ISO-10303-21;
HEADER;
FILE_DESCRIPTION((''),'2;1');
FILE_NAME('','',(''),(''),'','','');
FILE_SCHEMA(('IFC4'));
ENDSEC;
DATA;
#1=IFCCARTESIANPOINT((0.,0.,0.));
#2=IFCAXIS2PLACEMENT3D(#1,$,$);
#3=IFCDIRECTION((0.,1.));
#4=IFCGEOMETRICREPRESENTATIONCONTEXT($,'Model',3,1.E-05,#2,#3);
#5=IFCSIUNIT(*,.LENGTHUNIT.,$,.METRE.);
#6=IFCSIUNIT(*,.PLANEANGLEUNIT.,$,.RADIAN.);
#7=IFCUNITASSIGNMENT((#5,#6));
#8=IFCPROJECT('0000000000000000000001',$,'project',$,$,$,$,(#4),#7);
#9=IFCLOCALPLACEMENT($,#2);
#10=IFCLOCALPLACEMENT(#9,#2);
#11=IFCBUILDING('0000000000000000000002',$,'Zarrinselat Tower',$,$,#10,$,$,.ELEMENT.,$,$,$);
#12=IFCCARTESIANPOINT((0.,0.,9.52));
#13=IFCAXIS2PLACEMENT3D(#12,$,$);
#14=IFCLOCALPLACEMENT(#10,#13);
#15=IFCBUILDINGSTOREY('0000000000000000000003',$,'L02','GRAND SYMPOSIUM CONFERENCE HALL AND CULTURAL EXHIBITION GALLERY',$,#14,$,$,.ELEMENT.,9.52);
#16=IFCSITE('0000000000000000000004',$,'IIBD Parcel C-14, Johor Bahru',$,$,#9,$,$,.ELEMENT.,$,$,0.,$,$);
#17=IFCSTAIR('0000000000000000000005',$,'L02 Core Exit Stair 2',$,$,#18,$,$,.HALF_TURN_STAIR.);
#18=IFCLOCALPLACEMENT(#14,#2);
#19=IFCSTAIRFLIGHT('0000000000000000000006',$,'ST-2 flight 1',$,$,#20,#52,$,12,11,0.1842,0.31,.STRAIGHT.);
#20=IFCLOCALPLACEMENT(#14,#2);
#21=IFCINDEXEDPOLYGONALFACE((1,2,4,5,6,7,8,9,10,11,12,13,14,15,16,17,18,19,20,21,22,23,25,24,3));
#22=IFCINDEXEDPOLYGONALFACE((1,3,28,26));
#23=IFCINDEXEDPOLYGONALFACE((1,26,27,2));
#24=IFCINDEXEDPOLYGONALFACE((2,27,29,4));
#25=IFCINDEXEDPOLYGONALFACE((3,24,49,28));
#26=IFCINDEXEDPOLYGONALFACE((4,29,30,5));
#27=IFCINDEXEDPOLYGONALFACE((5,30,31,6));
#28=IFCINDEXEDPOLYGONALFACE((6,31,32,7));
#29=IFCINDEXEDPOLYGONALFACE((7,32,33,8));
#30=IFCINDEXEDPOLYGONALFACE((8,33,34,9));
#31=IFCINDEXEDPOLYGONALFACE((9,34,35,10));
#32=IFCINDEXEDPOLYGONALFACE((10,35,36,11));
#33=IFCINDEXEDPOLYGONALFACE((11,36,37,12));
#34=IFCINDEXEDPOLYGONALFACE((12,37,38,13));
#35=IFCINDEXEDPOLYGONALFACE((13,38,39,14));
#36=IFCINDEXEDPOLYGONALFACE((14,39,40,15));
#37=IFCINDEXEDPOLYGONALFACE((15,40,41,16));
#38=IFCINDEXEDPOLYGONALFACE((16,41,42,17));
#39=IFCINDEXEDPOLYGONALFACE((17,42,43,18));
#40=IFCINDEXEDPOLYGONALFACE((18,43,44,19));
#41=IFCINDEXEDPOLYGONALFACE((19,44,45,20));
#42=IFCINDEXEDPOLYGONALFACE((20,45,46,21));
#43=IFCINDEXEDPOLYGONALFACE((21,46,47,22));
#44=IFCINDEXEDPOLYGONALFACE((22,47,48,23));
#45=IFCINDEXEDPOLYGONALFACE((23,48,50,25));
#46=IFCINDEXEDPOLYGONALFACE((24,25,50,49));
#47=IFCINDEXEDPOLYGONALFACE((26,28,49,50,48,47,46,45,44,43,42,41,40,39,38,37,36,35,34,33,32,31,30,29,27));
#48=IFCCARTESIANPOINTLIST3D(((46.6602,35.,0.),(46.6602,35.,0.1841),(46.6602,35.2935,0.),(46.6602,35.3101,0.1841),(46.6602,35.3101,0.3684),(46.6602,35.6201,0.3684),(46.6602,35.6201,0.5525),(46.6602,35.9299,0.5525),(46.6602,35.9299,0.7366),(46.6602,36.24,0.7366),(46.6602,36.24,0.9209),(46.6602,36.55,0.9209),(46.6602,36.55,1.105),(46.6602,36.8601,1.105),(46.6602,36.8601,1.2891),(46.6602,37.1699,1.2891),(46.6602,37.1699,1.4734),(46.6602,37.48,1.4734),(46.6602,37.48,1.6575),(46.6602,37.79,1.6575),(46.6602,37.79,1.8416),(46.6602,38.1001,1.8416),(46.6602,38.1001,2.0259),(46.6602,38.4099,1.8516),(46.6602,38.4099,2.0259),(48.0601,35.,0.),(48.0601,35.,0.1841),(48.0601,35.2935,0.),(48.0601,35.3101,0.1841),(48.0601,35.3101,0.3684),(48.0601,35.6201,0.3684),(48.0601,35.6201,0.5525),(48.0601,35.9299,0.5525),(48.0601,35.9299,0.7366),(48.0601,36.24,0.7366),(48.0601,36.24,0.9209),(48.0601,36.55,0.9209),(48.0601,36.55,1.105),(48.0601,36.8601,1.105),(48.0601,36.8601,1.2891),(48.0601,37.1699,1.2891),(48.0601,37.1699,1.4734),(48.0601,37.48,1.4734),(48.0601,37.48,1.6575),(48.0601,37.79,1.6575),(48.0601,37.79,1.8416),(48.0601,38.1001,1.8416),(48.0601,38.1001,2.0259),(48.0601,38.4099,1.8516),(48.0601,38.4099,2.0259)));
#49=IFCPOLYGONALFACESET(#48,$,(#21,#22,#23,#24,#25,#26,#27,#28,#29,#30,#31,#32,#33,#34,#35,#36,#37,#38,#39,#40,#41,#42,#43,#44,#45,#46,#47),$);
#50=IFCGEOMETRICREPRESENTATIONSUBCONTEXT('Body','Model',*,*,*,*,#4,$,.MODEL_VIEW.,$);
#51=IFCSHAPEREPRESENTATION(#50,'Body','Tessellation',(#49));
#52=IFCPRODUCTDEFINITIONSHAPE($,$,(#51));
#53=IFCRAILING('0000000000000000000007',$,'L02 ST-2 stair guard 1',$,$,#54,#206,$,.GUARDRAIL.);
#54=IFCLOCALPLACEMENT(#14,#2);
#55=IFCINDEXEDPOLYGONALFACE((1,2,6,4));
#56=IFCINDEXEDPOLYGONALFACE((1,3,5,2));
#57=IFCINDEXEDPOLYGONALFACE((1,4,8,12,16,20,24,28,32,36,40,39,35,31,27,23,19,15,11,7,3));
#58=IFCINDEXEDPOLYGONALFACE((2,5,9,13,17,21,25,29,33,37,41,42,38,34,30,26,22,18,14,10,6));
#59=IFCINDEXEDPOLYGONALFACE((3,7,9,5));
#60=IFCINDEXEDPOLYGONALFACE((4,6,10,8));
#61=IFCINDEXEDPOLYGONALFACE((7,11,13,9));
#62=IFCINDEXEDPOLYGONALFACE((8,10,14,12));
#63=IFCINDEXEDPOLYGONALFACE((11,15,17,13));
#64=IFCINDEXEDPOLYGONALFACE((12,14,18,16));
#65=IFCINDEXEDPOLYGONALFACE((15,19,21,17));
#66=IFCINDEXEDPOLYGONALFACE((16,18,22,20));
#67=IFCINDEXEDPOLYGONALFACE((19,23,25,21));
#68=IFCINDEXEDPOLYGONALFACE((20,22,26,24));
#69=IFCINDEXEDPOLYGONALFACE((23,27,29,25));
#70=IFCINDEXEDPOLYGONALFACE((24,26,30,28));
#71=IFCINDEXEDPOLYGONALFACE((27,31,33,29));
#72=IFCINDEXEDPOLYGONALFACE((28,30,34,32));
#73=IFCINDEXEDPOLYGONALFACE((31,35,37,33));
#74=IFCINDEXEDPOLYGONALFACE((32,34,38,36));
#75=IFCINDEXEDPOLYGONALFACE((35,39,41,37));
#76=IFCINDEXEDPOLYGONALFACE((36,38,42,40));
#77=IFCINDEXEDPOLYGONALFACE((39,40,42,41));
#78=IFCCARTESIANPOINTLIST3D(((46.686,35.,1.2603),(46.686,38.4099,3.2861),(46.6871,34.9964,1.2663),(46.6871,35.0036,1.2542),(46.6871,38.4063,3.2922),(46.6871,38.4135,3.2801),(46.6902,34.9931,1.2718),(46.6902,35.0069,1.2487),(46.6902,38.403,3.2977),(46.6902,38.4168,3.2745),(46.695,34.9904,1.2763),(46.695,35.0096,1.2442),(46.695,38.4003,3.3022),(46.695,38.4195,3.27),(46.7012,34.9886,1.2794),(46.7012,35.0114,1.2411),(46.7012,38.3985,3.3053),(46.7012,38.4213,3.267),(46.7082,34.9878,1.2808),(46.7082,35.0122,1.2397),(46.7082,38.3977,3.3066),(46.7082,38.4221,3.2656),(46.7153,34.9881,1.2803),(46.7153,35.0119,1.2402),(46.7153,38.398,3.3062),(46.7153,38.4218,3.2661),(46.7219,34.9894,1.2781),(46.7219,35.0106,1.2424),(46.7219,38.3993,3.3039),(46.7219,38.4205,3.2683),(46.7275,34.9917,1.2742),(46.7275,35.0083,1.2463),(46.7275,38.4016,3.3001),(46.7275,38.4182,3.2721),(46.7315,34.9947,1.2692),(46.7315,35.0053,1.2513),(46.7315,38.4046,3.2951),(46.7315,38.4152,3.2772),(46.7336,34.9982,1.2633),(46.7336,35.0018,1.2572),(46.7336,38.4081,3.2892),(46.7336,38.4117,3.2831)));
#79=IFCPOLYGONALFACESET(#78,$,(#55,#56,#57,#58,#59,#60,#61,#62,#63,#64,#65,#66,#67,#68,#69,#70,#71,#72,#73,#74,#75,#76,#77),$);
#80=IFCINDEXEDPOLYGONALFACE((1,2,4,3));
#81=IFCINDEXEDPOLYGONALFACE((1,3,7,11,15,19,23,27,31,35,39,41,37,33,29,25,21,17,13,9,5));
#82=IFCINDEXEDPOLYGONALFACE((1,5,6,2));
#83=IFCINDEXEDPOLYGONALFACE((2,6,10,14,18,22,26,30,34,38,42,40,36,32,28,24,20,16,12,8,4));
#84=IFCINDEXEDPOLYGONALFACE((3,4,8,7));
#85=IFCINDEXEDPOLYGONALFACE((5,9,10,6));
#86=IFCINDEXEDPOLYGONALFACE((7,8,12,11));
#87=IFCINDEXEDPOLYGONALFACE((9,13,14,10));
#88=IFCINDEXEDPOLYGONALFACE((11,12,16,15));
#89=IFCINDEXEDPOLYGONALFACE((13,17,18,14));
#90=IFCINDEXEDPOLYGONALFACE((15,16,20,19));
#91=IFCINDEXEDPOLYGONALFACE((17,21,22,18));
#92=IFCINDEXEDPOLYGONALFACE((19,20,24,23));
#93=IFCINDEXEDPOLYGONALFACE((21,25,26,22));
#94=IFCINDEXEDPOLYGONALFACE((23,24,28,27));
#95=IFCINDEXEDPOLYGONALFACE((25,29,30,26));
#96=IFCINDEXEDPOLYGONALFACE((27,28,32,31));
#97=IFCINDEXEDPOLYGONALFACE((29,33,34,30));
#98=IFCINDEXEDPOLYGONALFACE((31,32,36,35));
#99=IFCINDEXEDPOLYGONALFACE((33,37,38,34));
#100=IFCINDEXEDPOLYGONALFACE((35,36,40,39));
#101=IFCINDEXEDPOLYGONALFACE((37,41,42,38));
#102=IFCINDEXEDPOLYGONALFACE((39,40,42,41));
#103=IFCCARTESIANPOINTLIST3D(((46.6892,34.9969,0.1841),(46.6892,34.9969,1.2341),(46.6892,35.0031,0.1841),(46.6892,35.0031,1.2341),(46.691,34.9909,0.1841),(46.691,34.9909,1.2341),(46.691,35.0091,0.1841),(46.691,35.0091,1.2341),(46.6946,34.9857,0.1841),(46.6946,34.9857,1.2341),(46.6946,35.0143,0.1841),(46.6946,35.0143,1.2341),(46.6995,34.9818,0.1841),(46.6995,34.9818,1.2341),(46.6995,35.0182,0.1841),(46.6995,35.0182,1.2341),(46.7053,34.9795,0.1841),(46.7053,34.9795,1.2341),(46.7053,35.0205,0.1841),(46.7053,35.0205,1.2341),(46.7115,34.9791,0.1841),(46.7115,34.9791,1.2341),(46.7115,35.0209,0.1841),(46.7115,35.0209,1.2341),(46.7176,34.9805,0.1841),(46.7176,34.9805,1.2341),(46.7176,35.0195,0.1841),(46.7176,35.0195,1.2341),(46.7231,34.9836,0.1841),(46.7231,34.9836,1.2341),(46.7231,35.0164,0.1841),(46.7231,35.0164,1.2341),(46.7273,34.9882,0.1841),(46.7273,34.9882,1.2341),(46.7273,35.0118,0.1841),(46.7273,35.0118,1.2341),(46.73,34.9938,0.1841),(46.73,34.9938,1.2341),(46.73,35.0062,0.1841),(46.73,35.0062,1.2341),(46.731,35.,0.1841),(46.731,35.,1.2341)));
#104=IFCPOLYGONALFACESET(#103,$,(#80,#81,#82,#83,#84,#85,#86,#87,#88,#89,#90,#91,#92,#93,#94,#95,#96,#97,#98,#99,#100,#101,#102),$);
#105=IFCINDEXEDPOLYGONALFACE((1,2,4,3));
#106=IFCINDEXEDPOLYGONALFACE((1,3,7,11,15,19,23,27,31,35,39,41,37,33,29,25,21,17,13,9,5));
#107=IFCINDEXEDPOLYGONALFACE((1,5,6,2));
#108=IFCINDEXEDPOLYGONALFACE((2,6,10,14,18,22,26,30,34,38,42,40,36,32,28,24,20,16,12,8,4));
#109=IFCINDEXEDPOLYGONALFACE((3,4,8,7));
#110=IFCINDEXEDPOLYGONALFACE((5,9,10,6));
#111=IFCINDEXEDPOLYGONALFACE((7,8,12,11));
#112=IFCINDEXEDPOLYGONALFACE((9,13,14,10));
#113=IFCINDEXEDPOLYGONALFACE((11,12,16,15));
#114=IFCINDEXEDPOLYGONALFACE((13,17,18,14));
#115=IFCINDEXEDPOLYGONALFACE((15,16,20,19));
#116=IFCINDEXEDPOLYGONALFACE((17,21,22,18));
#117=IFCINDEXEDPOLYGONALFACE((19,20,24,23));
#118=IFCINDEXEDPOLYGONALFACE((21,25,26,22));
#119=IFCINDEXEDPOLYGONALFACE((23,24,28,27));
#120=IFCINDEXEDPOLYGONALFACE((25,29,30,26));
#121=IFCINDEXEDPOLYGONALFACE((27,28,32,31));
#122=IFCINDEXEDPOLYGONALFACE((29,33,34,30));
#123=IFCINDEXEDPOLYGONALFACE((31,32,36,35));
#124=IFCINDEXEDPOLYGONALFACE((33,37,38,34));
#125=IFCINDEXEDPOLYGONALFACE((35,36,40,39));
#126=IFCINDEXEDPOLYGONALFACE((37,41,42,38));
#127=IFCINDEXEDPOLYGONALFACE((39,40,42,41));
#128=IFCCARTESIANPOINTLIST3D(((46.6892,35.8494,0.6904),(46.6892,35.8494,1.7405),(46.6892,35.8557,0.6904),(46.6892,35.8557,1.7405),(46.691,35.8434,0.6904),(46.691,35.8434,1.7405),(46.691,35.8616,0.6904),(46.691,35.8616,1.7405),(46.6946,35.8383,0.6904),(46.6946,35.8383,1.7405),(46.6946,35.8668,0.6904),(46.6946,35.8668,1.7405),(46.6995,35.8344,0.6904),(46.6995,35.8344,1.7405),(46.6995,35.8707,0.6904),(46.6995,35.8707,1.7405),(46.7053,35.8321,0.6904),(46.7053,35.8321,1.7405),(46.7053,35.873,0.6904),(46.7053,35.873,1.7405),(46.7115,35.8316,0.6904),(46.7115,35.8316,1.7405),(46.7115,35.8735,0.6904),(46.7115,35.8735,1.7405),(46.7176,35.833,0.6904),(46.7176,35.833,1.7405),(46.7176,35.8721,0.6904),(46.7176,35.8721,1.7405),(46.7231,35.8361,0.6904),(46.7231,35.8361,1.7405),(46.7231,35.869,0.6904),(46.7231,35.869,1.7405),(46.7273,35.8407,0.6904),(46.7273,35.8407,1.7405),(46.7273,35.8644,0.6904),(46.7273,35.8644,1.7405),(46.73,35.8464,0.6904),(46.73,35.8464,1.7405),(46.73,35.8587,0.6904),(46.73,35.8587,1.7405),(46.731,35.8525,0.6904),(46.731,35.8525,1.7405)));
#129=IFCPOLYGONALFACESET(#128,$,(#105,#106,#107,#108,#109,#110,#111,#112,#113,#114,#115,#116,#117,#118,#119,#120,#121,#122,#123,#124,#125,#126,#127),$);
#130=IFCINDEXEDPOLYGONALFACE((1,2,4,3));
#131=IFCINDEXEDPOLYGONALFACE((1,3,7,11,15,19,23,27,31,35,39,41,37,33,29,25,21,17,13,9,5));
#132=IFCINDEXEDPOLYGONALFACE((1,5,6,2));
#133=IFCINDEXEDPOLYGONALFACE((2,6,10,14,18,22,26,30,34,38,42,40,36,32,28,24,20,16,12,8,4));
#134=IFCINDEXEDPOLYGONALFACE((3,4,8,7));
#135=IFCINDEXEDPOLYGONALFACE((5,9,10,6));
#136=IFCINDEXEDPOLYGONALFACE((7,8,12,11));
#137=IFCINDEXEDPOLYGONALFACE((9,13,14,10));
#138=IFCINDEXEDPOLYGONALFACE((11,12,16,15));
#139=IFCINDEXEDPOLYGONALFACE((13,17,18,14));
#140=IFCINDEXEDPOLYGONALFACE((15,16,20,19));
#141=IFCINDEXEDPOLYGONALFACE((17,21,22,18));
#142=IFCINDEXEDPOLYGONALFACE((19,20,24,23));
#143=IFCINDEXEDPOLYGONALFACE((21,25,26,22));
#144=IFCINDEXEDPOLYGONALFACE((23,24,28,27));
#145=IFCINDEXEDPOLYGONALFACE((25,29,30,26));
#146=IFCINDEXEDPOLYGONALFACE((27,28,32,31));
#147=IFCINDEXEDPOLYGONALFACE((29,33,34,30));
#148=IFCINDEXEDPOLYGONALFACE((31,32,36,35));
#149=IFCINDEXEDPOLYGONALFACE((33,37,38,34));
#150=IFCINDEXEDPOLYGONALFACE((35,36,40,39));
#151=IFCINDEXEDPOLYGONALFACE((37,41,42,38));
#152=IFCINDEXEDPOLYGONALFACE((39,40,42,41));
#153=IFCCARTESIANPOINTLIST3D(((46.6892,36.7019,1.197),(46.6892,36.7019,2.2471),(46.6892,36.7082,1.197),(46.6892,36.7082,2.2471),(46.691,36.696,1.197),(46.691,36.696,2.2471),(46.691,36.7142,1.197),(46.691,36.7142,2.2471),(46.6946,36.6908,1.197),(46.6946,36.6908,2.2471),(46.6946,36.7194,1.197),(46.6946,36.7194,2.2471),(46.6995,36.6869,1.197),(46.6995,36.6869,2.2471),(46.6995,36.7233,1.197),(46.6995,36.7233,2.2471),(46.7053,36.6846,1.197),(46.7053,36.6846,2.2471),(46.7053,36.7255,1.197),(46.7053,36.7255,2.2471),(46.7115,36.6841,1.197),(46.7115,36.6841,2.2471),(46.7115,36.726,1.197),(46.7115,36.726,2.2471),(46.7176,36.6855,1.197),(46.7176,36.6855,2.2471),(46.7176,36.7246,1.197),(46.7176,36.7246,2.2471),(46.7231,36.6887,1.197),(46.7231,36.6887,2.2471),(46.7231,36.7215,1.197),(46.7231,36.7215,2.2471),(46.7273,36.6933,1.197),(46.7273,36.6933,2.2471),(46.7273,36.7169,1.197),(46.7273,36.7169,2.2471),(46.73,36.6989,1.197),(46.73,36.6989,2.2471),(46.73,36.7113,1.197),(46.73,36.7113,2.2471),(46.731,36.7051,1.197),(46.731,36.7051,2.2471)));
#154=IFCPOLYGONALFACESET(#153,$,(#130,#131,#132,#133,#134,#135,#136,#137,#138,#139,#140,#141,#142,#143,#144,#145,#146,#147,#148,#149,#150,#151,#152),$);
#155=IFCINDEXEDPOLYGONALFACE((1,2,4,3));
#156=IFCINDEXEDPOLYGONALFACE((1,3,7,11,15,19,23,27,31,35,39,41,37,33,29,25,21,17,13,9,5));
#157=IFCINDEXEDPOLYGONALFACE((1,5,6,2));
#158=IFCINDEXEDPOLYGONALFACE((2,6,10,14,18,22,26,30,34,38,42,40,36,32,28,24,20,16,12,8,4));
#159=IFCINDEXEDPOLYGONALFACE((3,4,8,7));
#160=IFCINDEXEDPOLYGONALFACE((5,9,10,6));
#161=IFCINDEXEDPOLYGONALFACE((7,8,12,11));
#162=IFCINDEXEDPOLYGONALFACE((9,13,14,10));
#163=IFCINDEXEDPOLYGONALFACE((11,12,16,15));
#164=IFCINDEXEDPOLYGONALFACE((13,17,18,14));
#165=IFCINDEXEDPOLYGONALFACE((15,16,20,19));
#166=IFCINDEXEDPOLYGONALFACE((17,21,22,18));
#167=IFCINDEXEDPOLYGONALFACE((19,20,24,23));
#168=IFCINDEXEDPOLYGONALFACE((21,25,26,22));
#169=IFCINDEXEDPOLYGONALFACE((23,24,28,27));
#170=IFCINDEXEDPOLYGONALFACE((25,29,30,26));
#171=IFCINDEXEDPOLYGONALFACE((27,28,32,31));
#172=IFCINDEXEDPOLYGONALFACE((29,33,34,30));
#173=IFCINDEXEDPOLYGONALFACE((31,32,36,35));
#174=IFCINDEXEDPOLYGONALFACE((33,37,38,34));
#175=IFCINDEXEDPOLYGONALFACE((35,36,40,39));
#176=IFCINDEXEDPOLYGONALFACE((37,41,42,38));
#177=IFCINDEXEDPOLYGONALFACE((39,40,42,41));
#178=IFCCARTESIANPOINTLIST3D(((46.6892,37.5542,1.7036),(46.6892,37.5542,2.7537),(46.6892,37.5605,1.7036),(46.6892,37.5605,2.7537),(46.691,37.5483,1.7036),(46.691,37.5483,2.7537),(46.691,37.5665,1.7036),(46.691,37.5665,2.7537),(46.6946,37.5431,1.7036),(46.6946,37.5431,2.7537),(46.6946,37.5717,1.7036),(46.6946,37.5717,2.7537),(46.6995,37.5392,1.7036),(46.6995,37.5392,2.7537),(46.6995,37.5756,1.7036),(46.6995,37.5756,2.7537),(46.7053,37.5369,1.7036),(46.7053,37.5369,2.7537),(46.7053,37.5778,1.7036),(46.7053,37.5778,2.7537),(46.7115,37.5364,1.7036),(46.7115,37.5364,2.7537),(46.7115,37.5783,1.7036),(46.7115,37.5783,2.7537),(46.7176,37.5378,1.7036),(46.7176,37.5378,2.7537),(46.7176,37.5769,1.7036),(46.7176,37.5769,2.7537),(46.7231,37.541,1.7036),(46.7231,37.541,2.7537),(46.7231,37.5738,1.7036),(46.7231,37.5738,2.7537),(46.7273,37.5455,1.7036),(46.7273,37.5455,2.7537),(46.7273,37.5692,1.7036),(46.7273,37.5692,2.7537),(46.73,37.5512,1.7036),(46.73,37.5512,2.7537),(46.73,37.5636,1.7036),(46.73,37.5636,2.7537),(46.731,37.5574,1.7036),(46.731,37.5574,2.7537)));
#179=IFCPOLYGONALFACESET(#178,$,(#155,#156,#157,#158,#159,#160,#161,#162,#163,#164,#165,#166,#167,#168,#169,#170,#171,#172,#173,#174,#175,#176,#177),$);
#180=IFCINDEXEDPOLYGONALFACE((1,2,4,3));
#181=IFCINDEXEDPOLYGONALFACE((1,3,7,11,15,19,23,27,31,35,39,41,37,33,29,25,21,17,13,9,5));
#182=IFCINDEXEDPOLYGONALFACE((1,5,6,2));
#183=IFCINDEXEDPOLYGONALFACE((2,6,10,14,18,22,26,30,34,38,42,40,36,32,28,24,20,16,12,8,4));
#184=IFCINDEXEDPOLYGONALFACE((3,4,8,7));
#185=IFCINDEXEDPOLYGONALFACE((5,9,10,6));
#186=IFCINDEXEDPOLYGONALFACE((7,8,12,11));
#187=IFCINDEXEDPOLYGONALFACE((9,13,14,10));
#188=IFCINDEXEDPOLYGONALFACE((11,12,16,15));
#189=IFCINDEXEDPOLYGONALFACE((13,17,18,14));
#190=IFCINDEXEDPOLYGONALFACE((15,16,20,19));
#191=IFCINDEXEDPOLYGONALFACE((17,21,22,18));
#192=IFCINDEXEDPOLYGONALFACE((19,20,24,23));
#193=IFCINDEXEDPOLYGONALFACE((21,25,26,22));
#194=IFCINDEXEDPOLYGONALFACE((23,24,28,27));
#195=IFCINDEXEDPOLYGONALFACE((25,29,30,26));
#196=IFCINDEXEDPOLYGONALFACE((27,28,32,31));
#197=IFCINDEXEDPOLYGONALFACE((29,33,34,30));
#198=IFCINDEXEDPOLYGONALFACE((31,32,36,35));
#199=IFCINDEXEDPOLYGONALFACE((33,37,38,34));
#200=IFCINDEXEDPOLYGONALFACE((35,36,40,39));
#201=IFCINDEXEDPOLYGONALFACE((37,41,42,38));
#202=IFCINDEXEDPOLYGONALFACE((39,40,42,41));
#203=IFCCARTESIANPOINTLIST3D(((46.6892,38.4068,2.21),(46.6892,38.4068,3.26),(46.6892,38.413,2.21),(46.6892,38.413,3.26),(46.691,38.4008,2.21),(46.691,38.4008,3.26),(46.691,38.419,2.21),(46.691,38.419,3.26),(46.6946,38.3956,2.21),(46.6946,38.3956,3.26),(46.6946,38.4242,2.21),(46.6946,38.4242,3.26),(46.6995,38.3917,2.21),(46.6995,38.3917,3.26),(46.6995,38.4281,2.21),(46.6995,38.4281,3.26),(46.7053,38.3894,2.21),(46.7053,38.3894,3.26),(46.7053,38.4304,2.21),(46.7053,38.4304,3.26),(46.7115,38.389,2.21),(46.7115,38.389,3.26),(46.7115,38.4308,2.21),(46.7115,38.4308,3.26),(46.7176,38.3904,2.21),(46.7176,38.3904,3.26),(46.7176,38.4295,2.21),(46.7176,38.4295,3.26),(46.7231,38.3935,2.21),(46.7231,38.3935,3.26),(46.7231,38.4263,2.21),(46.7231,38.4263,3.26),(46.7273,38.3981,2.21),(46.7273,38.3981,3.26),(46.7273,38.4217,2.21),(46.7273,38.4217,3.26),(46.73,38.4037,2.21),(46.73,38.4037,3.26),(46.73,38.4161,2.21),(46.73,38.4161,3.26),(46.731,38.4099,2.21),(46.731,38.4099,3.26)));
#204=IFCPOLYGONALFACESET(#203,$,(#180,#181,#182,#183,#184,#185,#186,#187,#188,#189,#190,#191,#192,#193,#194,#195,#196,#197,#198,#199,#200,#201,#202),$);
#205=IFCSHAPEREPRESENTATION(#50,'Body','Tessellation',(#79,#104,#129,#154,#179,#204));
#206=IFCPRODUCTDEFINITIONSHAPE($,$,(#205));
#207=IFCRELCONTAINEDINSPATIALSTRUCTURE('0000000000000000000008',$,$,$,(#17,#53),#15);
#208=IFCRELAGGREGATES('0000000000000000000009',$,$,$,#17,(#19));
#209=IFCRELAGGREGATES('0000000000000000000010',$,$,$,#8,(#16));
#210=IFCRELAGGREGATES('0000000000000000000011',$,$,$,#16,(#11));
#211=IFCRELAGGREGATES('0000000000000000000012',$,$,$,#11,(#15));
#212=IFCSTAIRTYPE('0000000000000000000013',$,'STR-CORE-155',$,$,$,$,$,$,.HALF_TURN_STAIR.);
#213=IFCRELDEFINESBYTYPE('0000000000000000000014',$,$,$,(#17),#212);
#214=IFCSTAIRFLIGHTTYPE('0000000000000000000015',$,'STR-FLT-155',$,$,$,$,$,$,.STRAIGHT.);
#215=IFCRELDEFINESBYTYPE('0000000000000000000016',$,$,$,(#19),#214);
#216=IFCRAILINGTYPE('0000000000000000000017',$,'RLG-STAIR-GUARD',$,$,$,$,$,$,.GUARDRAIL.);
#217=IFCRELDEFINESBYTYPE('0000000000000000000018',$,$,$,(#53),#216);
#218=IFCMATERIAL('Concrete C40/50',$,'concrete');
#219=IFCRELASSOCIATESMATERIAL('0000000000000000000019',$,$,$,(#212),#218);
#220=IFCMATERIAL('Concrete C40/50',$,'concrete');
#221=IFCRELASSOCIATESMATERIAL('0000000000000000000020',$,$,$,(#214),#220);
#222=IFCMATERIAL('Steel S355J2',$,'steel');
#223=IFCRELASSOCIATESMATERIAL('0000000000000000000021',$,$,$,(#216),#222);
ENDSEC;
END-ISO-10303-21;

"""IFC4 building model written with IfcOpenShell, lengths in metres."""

from ifc_helpers import new_model, si_unit, direction, frame, origin, origin_2d, place, context, subcontext, project, spatial, polyline, circle, outline, extrude, material, type_object, element, aggregate, save


model = new_model("IFC4")

# Units and contexts
model_context = context("Model", 3, precision=1e-05, world=origin(), true_north=direction((0.0, 1.0)))
body_context = subcontext(model_context, "Body", "Model", "MODEL_VIEW")
ifc_project = project(units=[si_unit("LENGTHUNIT", "METRE"), si_unit("PLANEANGLEUNIT", "RADIAN")], contexts=[model_context])

# Site, building, storey
site_placement = place(None, origin())
site = spatial("IfcSite", under=ifc_project, at=site_placement, Name="IIBD Parcel C-14, Johor Bahru", CompositionType="ELEMENT", RefElevation=0.0)
building_placement = place(site_placement, origin())
building = spatial("IfcBuilding", under=site, at=building_placement, Name="Zarrinselat Tower", CompositionType="ELEMENT")
storey_placement = place(building_placement, frame((0.0, 0.0, 9.52)))
storey = spatial("IfcBuildingStorey", under=building, at=storey_placement, Name="L02", Description="GRAND SYMPOSIUM CONFERENCE HALL AND CULTURAL EXHIBITION GALLERY", CompositionType="ELEMENT", Elevation=9.52)

# Stair, stair flight
ifc_material_1 = material(Name="Concrete C40/50", Category="concrete")
stair_type = type_object("IfcStairType", Name="STR-CORE-155", PredefinedType="HALF_TURN_STAIR", material=ifc_material_1)
stair_placement = place(storey_placement, origin())
stair = element("IfcStair", 1, at=stair_placement, inside=storey, type_object=stair_type, Name="L02 Core Exit Stair 2", PredefinedType="HALF_TURN_STAIR")
ifc_material_2 = material(Name="Concrete C40/50", Category="concrete")
stair_flight_type = type_object("IfcStairFlightType", Name="STR-FLT-155", PredefinedType="STRAIGHT", material=ifc_material_2)
stair_flight_placement = place(storey_placement, frame((47.3601, 35.0, 0.0), z_axis=(0.0, 0.0, 1.0), x_axis=(0.0, 1.0, 0.0)))
stair_flight = element("IfcStairFlight", 2, at=stair_flight_placement, type_object=stair_flight_type, Name="ST-2 flight 1", NumberOfRisers=12, NumberOfTreads=11, PredefinedType="STRAIGHT", RiserHeight=0.1842, TreadLength=0.31, context=body_context, shape_type="SweptSolid", body=[
    extrude(outline(polyline([(0.0, 0.0), (0.0, 0.1841), (0.3101, 0.1841), (0.3101, 0.3684), (0.6201, 0.3684), (0.6201, 0.5525), (0.9299, 0.5525), (0.9299, 0.7366), (1.24, 0.7366), (1.24, 0.9209), (1.55, 0.9209), (1.55, 1.105), (1.8601, 1.105), (1.8601, 1.2891), (2.1699, 1.2891), (2.1699, 1.4734), (2.48, 1.4734), (2.48, 1.6575), (2.79, 1.6575), (2.79, 1.8416), (3.1001, 1.8416), (3.1001, 2.0259), (3.4099, 2.0259), (3.4099, 2.21), (3.4099, 1.8516), (0.2935, 0.0), (0.0, 0.0)])), frame((0.0, 0.7, 0.0), z_axis=(0.0, -1.0, 0.0), x_axis=(1.0, 0.0, 0.0)), (0.0, 0.0, 1.0), 1.3999),
])
aggregate(stair, [stair_flight])

# Railing
ifc_material_3 = material(Name="Steel S355J2", Category="steel")
railing_type_1 = type_object("IfcRailingType", Name="RLG-STAIR-GUARD", PredefinedType="GUARDRAIL", material=ifc_material_3)
railing_1_placement = place(storey_placement, frame((46.71, 35.0, 0.1841)))
element("IfcRailing", 3, at=railing_1_placement, inside=storey, type_object=railing_type_1, Name="L02 ST-2 stair guard 1", PredefinedType="GUARDRAIL", context=body_context, shape_type="SweptSolid", body=[
    extrude(circle(Radius=0.0239, at=origin_2d()), frame((0.0, 0.0, 1.0762), z_axis=(0.0, 0.859717, 0.510771), x_axis=(-1.0, 0.0, 0.0)), (0.0, 0.0, 1.0), 3.9663),
    extrude(circle(Radius=0.021, at=origin_2d()), origin(), (0.0, 0.0, 1.0), 1.05),
    extrude(circle(Radius=0.021, at=origin_2d()), frame((0.0, 0.8525, 0.5063)), (0.0, 0.0, 1.0), 1.05),
    extrude(circle(Radius=0.021, at=origin_2d()), frame((0.0, 1.7051, 1.0129)), (0.0, 0.0, 1.0), 1.05),
    extrude(circle(Radius=0.021, at=origin_2d()), frame((0.0, 2.5574, 1.5195)), (0.0, 0.0, 1.0), 1.05),
    extrude(circle(Radius=0.021, at=origin_2d()), frame((0.0, 3.4099, 2.0259)), (0.0, 0.0, 1.0), 1.05),
])

save(model, "model.ifc")
